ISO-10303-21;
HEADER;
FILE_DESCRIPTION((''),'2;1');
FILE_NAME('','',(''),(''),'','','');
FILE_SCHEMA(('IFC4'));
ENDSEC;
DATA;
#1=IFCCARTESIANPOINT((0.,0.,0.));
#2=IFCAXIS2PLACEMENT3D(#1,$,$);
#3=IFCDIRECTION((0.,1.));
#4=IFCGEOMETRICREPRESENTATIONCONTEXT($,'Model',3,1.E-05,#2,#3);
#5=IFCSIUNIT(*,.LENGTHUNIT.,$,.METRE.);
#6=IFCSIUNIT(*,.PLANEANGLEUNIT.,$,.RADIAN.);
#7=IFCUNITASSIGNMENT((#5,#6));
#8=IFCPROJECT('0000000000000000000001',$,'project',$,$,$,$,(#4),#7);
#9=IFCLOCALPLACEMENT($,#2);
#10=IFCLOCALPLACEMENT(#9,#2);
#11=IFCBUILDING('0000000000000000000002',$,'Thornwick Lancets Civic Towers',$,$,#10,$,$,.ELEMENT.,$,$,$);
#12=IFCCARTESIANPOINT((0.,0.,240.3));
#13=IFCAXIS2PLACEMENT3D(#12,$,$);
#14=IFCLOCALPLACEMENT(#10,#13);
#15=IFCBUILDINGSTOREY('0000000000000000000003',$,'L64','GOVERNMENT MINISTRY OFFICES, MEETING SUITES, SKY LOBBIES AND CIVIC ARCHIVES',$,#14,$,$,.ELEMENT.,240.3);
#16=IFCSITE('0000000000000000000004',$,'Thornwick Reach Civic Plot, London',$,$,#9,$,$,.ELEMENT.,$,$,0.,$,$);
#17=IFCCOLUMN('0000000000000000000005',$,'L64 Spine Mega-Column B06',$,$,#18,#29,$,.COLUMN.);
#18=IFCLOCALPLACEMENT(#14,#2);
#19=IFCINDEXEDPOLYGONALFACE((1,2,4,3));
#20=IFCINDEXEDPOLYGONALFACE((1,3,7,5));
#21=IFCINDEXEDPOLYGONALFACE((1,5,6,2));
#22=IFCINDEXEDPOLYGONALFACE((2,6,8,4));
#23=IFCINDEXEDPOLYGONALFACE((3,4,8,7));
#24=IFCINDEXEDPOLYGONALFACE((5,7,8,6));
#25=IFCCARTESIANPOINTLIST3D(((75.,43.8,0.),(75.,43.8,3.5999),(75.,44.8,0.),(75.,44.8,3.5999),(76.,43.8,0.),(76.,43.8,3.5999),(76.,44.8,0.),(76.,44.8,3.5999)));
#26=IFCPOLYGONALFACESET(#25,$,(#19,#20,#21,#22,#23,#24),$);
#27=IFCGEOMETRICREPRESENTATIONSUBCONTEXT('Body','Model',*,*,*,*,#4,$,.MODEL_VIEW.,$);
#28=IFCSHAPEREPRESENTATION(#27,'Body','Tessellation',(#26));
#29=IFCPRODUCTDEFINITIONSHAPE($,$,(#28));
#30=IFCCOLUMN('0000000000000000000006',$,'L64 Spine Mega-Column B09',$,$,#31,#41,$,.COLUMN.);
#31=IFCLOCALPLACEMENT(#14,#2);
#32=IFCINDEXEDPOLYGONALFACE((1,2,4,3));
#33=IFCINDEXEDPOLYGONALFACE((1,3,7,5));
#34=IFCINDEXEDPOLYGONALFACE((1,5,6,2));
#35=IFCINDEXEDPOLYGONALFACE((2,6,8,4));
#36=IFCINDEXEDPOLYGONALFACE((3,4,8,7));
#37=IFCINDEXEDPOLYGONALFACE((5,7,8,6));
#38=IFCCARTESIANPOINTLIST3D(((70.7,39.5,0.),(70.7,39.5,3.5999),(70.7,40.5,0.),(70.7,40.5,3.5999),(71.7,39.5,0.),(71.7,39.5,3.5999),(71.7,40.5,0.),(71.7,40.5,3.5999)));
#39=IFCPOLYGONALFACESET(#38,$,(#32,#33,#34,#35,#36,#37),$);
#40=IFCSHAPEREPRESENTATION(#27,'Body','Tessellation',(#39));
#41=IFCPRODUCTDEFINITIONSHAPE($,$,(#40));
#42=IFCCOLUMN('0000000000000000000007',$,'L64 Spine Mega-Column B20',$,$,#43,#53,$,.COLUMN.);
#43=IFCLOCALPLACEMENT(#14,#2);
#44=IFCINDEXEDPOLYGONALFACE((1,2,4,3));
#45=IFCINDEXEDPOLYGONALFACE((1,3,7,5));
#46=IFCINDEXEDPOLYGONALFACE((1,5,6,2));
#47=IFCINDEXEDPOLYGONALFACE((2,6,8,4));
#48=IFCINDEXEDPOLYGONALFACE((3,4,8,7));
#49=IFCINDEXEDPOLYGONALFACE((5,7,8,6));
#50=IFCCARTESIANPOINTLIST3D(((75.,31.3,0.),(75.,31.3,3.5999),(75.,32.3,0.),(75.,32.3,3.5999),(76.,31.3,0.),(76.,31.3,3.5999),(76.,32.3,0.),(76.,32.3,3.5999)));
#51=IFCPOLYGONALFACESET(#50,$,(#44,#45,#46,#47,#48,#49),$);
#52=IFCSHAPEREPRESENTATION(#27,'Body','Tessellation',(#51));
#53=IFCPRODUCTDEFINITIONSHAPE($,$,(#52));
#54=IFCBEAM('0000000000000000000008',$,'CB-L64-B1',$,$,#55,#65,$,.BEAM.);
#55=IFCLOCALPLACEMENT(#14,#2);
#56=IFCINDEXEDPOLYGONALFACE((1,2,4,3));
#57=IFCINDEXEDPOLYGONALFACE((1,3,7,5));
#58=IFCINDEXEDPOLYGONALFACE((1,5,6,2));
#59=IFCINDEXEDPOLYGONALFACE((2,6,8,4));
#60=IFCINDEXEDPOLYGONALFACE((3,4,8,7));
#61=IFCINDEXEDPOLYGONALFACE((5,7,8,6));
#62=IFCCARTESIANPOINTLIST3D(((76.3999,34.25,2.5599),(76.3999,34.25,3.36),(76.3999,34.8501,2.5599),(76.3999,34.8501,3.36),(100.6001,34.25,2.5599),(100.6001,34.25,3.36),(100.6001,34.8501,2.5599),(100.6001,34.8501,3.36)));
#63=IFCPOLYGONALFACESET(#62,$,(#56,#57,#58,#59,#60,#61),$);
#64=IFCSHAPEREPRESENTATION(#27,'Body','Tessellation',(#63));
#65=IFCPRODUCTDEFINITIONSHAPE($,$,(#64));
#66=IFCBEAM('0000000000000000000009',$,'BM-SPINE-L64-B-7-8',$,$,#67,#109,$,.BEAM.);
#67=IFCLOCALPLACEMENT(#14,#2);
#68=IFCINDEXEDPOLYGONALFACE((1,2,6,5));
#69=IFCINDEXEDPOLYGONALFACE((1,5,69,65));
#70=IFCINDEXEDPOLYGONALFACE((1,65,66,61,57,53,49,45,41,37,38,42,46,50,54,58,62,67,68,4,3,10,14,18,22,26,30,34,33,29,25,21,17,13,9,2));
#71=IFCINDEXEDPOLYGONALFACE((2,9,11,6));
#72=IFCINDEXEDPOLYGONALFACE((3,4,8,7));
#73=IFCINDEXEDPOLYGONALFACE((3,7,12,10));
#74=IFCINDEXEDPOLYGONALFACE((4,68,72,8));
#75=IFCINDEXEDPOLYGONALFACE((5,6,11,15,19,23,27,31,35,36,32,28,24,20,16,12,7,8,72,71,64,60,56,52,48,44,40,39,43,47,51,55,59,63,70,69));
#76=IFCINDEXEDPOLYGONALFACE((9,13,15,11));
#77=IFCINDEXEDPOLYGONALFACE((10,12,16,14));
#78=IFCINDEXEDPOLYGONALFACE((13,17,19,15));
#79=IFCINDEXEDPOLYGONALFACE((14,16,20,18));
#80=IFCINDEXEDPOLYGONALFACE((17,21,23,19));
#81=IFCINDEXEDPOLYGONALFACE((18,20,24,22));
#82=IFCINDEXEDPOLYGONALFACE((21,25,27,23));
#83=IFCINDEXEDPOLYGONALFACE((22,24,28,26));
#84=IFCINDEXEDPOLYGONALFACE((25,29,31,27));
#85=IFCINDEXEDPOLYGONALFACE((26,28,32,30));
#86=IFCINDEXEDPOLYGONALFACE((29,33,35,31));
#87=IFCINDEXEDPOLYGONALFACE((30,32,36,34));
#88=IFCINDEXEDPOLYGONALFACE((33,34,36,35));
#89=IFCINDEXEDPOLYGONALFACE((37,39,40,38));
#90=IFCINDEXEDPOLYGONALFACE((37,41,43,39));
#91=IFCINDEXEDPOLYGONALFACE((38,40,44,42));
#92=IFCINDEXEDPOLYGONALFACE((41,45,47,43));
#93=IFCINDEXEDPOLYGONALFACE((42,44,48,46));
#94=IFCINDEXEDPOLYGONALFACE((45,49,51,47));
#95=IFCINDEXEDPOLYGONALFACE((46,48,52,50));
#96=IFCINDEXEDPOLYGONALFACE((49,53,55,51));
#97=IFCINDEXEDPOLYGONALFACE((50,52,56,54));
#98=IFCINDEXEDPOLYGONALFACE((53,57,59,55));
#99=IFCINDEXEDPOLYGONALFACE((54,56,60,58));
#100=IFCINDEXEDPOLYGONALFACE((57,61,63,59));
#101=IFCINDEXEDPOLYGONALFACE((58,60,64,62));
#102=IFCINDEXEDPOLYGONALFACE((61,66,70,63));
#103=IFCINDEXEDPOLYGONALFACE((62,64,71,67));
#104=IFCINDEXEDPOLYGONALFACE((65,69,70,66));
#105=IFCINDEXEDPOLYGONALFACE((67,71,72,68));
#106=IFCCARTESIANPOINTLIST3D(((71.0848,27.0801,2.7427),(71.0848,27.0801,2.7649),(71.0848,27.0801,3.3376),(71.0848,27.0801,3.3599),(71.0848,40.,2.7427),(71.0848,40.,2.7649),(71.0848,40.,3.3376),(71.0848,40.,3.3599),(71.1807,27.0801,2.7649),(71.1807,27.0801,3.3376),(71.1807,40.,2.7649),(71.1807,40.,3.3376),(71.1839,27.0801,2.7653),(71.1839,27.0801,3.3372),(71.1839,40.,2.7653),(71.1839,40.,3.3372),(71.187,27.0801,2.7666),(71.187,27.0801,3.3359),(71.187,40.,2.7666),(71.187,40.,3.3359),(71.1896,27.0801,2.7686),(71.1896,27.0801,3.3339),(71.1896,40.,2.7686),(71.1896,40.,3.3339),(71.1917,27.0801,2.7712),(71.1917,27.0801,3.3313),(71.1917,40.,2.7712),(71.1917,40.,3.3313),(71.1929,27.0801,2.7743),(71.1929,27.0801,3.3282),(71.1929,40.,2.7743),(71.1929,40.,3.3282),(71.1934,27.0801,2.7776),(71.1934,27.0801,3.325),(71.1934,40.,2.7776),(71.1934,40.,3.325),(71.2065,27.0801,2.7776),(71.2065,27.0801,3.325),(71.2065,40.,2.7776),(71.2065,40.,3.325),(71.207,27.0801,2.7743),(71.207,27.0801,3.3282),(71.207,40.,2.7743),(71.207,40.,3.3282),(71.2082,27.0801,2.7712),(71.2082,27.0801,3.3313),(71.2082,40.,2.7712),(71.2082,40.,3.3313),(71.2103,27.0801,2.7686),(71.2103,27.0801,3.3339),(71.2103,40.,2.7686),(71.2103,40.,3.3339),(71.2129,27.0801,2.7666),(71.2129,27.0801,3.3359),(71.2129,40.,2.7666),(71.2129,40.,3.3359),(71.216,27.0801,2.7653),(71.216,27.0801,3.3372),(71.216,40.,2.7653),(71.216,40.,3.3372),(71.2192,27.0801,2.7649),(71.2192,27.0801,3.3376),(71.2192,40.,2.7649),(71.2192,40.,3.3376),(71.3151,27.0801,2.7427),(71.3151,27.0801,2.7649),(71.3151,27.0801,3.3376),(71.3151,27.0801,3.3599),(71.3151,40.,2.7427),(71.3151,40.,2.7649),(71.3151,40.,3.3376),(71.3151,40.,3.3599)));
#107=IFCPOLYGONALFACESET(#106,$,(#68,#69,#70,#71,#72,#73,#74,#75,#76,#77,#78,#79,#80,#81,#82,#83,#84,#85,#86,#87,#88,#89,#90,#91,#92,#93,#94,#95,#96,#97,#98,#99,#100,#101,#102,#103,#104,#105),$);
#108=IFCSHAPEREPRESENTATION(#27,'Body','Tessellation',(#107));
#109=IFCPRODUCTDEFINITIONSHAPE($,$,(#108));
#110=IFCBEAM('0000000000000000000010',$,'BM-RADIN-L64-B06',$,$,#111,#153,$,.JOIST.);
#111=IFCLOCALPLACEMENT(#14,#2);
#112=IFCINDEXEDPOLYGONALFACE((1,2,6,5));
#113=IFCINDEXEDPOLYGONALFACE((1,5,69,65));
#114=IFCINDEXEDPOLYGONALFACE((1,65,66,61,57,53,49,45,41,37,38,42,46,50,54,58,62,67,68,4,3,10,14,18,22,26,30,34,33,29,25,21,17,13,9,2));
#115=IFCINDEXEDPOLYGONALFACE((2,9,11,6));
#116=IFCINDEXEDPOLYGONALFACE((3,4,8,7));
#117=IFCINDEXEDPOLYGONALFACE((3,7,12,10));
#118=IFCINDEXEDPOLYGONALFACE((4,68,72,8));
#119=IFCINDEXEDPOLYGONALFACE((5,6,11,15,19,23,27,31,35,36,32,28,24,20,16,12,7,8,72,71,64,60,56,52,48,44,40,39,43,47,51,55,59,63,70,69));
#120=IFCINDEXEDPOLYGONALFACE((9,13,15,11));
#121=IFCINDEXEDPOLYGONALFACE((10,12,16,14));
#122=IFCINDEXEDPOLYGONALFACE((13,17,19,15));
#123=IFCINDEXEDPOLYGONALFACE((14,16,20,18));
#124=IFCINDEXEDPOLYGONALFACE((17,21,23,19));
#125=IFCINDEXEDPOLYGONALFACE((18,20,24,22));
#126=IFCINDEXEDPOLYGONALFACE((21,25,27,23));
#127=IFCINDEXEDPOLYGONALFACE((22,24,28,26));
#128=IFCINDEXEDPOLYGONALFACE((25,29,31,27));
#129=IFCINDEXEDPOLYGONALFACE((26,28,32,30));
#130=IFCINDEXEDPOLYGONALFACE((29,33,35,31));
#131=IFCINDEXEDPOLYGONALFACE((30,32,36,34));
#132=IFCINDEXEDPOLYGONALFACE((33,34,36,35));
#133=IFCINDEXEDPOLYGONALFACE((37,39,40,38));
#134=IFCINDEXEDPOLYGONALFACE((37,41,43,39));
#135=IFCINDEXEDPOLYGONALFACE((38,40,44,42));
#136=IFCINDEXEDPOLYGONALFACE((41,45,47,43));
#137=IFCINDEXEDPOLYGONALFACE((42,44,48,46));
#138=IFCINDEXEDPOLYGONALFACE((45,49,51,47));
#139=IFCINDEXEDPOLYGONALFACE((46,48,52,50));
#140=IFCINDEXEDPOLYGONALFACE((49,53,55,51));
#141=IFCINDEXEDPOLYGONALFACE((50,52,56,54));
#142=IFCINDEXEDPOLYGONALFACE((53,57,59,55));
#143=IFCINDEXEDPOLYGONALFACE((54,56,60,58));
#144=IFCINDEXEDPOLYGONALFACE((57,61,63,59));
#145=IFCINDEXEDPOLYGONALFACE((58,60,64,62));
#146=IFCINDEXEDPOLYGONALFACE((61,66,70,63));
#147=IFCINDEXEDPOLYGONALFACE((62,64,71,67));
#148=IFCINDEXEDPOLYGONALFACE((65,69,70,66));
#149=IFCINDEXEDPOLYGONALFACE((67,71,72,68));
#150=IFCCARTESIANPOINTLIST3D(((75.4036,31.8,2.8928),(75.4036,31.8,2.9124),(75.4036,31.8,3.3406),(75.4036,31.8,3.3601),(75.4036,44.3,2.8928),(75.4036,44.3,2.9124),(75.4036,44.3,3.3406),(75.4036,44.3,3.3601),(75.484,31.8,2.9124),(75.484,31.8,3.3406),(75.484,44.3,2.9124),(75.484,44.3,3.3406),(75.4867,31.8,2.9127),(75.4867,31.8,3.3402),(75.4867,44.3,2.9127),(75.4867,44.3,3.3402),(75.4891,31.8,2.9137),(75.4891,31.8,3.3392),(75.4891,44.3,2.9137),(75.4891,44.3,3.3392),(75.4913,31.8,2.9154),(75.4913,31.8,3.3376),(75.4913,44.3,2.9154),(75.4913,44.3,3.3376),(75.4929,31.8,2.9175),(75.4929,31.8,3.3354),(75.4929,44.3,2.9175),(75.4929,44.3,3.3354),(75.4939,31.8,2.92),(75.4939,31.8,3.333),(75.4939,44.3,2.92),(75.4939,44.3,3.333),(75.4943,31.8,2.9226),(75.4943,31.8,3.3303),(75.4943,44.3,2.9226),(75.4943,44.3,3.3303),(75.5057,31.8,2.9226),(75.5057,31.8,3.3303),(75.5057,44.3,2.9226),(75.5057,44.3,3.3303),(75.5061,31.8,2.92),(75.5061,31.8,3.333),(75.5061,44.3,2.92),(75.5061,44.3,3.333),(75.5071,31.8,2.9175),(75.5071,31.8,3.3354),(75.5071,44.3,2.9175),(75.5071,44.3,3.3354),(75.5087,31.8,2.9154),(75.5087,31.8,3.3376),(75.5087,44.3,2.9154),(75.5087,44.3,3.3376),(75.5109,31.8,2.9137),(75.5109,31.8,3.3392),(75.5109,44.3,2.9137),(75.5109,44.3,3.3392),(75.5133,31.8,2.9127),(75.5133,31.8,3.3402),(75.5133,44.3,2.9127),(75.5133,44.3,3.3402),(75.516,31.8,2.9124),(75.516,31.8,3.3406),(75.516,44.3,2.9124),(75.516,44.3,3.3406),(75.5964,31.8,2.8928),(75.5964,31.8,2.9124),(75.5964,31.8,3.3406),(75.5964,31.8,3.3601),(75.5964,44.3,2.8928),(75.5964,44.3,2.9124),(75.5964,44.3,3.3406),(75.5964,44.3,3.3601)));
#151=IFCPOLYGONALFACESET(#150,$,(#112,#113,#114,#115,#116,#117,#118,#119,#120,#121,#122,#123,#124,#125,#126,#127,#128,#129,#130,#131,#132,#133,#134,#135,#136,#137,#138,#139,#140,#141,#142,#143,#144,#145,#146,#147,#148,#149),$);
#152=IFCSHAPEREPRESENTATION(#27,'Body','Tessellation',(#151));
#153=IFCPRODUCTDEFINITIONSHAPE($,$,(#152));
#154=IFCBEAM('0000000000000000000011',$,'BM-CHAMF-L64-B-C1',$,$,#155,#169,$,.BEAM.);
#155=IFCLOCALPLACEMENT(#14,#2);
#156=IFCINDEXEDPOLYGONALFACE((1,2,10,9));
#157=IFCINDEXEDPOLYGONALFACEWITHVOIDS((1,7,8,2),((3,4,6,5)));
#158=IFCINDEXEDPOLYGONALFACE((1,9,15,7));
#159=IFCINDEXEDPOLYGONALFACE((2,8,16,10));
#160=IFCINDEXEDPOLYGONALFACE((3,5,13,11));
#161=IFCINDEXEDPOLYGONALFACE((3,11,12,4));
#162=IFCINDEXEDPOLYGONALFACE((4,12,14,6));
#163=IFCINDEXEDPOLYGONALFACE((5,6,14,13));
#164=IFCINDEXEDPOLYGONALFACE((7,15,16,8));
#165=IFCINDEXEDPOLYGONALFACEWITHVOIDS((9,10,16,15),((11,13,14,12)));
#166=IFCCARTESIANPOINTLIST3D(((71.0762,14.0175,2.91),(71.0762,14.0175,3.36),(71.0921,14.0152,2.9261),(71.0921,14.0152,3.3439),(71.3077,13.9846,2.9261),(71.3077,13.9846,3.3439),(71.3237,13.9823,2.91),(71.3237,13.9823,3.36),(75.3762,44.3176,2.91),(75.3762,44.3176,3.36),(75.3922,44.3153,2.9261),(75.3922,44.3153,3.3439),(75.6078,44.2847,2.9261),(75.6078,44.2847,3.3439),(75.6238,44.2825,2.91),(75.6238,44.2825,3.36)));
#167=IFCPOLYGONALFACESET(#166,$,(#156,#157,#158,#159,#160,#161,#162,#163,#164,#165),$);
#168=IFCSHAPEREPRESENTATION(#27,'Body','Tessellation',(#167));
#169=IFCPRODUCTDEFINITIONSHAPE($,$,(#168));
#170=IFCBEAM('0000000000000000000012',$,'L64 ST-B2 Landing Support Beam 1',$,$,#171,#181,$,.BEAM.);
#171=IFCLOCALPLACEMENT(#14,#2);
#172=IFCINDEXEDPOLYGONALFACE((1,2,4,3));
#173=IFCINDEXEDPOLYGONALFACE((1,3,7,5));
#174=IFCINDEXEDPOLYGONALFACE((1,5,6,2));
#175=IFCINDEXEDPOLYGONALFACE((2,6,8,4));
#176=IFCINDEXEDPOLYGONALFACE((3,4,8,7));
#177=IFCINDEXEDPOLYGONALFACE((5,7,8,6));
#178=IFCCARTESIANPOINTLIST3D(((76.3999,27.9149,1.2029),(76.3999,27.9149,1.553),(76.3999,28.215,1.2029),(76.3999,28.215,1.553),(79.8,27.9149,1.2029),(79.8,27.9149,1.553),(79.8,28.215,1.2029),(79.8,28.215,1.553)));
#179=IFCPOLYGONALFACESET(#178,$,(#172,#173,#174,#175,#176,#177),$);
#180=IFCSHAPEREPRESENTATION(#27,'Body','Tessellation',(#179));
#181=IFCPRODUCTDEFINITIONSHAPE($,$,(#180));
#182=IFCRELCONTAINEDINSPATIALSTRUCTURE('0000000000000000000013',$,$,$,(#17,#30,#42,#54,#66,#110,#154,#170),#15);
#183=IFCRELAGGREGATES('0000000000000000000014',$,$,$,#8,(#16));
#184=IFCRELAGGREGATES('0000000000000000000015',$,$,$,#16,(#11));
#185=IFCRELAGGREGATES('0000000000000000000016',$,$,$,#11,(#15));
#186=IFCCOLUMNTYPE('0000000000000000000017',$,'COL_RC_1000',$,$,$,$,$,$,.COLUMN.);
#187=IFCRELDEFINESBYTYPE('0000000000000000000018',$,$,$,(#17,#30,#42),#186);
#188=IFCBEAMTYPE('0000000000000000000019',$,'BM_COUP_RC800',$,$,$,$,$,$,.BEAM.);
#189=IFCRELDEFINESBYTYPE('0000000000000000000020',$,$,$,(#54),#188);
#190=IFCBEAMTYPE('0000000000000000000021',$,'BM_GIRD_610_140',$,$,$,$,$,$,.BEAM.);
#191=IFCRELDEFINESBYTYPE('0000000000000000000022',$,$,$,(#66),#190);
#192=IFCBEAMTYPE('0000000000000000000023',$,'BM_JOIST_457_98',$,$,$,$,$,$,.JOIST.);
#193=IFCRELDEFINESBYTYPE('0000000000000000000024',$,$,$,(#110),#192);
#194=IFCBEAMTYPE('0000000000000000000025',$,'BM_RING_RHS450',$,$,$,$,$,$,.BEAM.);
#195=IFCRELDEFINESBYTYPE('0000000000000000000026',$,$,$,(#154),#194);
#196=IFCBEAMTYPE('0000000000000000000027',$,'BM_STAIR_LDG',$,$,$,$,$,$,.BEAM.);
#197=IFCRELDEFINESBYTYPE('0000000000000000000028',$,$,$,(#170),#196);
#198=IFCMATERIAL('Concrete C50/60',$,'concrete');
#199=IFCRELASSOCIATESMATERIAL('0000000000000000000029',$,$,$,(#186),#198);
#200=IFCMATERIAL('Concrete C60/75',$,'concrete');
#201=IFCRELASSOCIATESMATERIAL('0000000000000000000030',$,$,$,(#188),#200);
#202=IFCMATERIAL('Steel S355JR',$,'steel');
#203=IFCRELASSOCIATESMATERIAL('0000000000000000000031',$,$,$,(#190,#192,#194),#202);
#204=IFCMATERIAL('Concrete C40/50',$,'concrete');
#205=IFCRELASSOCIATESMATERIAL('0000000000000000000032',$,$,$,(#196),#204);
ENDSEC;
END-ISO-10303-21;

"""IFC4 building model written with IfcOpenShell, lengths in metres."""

from ifc_helpers import new_model, si_unit, direction, frame, origin, origin_2d, place, context, subcontext, project, spatial, rectangle, hollow_rectangle, i_section, extrude, material, material_profile, profile_set, type_object, element, save


model = new_model("IFC4")

# Units and contexts
model_context = context("Model", 3, precision=1e-05, world=origin(), true_north=direction((0.0, 1.0)))
body_context = subcontext(model_context, "Body", "Model", "MODEL_VIEW")
ifc_project = project(units=[si_unit("LENGTHUNIT", "METRE"), si_unit("PLANEANGLEUNIT", "RADIAN")], contexts=[model_context])

# Site, building, storey
site_placement = place(None, origin())
site = spatial("IfcSite", under=ifc_project, at=site_placement, Name="Thornwick Reach Civic Plot, London", CompositionType="ELEMENT", RefElevation=0.0)
building_placement = place(site_placement, origin())
building = spatial("IfcBuilding", under=site, at=building_placement, Name="Thornwick Lancets Civic Towers", CompositionType="ELEMENT")
storey_placement = place(building_placement, frame((0.0, 0.0, 240.3)))
storey = spatial("IfcBuildingStorey", under=building, at=storey_placement, Name="L64", Description="GOVERNMENT MINISTRY OFFICES, MEETING SUITES, SKY LOBBIES AND CIVIC ARCHIVES", CompositionType="ELEMENT", Elevation=240.3)

# Columns
ifc_material_1 = material(Name="Concrete C50/60", Category="concrete")
ifc_material_profile_1 = material_profile(ifc_material_1, rectangle(XDim=1.0, YDim=1.0, at=origin_2d()), Name="RC 1000x1000")
ifc_profile_set_1 = profile_set([ifc_material_profile_1], Name="Concrete C50/60")
column_type = type_object("IfcColumnType", Name="COL_RC_1000", PredefinedType="COLUMN", material=ifc_profile_set_1)
for number, where, z_axis, x_axis, name in (
    (1, (75.5, 44.3, 0.0), (0.0, 0.0, 1.0), (1.0, 0.0, 0.0), "L64 Spine Mega-Column B06"),
    (2, (71.2, 40.0, 0.0), (0.0, 0.0, 1.0), (1.0, 0.0, 0.0), "L64 Spine Mega-Column B09"),
    (3, (75.5, 31.8, 0.0), (0.0, 0.0, 1.0), (1.0, 0.0, 0.0), "L64 Spine Mega-Column B20"),
):
    element("IfcColumn", number, at=place(storey_placement, frame(where, z_axis=z_axis, x_axis=x_axis)), inside=storey, type_object=column_type, Name=name, PredefinedType="COLUMN", context=body_context, shape_type="SweptSolid", body=[
        extrude(rectangle(XDim=1.0, YDim=1.0, at=origin_2d()), origin(), (0.0, 0.0, 1.0), 3.5999),
    ])

# Beams
ifc_material_2 = material(Name="Concrete C60/75", Category="concrete")
ifc_material_profile_2 = material_profile(ifc_material_2, rectangle(XDim=0.6001, YDim=0.8, at=origin_2d()), Name="RC 600x800")
ifc_profile_set_2 = profile_set([ifc_material_profile_2], Name="Concrete C60/75")
beam_type_1 = type_object("IfcBeamType", Name="BM_COUP_RC800", PredefinedType="BEAM", material=ifc_profile_set_2)
beam_1_placement = place(storey_placement, frame((76.3999, 34.55, 2.96), z_axis=(1.0, 0.0, 0.0), x_axis=(0.0, 1.0, 0.0)))
element("IfcBeam", 4, at=beam_1_placement, inside=storey, type_object=beam_type_1, Name="CB-L64-B1", PredefinedType="BEAM", context=body_context, shape_type="SweptSolid", body=[
    extrude(rectangle(XDim=0.6001, YDim=0.8, at=origin_2d()), origin(), (0.0, 0.0, 1.0), 24.2002),
])
ifc_material_3 = material(Name="Steel S355JR", Category="steel")
ifc_material_profile_3 = material_profile(ifc_material_3, i_section(OverallWidth=0.2302, OverallDepth=0.6172, WebThickness=0.0132, FlangeThickness=0.0222, FilletRadius=0.0127, at=origin_2d()), Name="UKB 610x229x140")
ifc_profile_set_3 = profile_set([ifc_material_profile_3], Name="Steel S355JR")
beam_type_2 = type_object("IfcBeamType", Name="BM_GIRD_610_140", PredefinedType="BEAM", material=ifc_profile_set_3)
beam_2_placement = place(storey_placement, frame((71.2, 27.0801, 3.0513), z_axis=(0.0, 1.0, 0.0), x_axis=(-1.0, 0.0, 0.0)))
element("IfcBeam", 5, at=beam_2_placement, inside=storey, type_object=beam_type_2, Name="BM-SPINE-L64-B-7-8", PredefinedType="BEAM", context=body_context, shape_type="SweptSolid", body=[
    extrude(i_section(OverallWidth=0.2302, OverallDepth=0.6172, WebThickness=0.0132, FlangeThickness=0.0222, FilletRadius=0.0127, at=origin_2d()), origin(), (0.0, 0.0, 1.0), 12.9199),
])
ifc_material_profile_4 = material_profile(ifc_material_3, i_section(OverallWidth=0.1929, OverallDepth=0.4673, WebThickness=0.0115, FlangeThickness=0.0195, FilletRadius=0.0103, at=origin_2d()), Name="UKB 457x191x98")
ifc_profile_set_4 = profile_set([ifc_material_profile_4], Name="Steel S355JR")
beam_type_3 = type_object("IfcBeamType", Name="BM_JOIST_457_98", PredefinedType="JOIST", material=ifc_profile_set_4)
beam_3_placement = place(storey_placement, frame((75.5, 31.8, 3.1265), z_axis=(0.0, 1.0, 0.0), x_axis=(-1.0, 0.0, 0.0)))
element("IfcBeam", 6, at=beam_3_placement, inside=storey, type_object=beam_type_3, Name="BM-RADIN-L64-B06", PredefinedType="JOIST", context=body_context, shape_type="SweptSolid", body=[
    extrude(i_section(OverallWidth=0.1929, OverallDepth=0.4673, WebThickness=0.0115, FlangeThickness=0.0195, FilletRadius=0.0103, at=origin_2d()), origin(), (0.0, 0.0, 1.0), 12.5),
])
ifc_material_profile_5 = material_profile(ifc_material_3, hollow_rectangle(XDim=0.25, YDim=0.45, WallThickness=0.0161, at=origin_2d()), Name="RHS 450x250x16")
ifc_profile_set_5 = profile_set([ifc_material_profile_5], Name="Steel S355JR")
beam_type_4 = type_object("IfcBeamType", Name="BM_RING_RHS450", PredefinedType="BEAM", material=ifc_profile_set_5)
beam_4_placement = place(storey_placement, frame((75.5, 44.3, 3.135), z_axis=(-0.140508, -0.99008, 0.0), x_axis=(0.99008, -0.140508, 0.0)))
element("IfcBeam", 7, at=beam_4_placement, inside=storey, type_object=beam_type_4, Name="BM-CHAMF-L64-B-C1", PredefinedType="BEAM", context=body_context, shape_type="SweptSolid", body=[
    extrude(hollow_rectangle(XDim=0.25, YDim=0.45, WallThickness=0.0161, at=origin_2d()), origin(), (0.0, 0.0, 1.0), 30.6038),
])
ifc_material_4 = material(Name="Concrete C40/50", Category="concrete")
ifc_material_profile_6 = material_profile(ifc_material_4, rectangle(XDim=0.3, YDim=0.3501, at=origin_2d()), Name="RC 300x350")
ifc_profile_set_6 = profile_set([ifc_material_profile_6], Name="Concrete C40/50")
beam_type_5 = type_object("IfcBeamType", Name="BM_STAIR_LDG", PredefinedType="BEAM", material=ifc_profile_set_6)
beam_5_placement = place(storey_placement, frame((76.3999, 28.0649, 1.3779), z_axis=(1.0, 0.0, 0.0), x_axis=(0.0, 1.0, 0.0)))
element("IfcBeam", 8, at=beam_5_placement, inside=storey, type_object=beam_type_5, Name="L64 ST-B2 Landing Support Beam 1", PredefinedType="BEAM", context=body_context, shape_type="SweptSolid", body=[
    extrude(rectangle(XDim=0.3, YDim=0.3501, at=origin_2d()), origin(), (0.0, 0.0, 1.0), 3.4001),
])

save(model, "model.ifc")
